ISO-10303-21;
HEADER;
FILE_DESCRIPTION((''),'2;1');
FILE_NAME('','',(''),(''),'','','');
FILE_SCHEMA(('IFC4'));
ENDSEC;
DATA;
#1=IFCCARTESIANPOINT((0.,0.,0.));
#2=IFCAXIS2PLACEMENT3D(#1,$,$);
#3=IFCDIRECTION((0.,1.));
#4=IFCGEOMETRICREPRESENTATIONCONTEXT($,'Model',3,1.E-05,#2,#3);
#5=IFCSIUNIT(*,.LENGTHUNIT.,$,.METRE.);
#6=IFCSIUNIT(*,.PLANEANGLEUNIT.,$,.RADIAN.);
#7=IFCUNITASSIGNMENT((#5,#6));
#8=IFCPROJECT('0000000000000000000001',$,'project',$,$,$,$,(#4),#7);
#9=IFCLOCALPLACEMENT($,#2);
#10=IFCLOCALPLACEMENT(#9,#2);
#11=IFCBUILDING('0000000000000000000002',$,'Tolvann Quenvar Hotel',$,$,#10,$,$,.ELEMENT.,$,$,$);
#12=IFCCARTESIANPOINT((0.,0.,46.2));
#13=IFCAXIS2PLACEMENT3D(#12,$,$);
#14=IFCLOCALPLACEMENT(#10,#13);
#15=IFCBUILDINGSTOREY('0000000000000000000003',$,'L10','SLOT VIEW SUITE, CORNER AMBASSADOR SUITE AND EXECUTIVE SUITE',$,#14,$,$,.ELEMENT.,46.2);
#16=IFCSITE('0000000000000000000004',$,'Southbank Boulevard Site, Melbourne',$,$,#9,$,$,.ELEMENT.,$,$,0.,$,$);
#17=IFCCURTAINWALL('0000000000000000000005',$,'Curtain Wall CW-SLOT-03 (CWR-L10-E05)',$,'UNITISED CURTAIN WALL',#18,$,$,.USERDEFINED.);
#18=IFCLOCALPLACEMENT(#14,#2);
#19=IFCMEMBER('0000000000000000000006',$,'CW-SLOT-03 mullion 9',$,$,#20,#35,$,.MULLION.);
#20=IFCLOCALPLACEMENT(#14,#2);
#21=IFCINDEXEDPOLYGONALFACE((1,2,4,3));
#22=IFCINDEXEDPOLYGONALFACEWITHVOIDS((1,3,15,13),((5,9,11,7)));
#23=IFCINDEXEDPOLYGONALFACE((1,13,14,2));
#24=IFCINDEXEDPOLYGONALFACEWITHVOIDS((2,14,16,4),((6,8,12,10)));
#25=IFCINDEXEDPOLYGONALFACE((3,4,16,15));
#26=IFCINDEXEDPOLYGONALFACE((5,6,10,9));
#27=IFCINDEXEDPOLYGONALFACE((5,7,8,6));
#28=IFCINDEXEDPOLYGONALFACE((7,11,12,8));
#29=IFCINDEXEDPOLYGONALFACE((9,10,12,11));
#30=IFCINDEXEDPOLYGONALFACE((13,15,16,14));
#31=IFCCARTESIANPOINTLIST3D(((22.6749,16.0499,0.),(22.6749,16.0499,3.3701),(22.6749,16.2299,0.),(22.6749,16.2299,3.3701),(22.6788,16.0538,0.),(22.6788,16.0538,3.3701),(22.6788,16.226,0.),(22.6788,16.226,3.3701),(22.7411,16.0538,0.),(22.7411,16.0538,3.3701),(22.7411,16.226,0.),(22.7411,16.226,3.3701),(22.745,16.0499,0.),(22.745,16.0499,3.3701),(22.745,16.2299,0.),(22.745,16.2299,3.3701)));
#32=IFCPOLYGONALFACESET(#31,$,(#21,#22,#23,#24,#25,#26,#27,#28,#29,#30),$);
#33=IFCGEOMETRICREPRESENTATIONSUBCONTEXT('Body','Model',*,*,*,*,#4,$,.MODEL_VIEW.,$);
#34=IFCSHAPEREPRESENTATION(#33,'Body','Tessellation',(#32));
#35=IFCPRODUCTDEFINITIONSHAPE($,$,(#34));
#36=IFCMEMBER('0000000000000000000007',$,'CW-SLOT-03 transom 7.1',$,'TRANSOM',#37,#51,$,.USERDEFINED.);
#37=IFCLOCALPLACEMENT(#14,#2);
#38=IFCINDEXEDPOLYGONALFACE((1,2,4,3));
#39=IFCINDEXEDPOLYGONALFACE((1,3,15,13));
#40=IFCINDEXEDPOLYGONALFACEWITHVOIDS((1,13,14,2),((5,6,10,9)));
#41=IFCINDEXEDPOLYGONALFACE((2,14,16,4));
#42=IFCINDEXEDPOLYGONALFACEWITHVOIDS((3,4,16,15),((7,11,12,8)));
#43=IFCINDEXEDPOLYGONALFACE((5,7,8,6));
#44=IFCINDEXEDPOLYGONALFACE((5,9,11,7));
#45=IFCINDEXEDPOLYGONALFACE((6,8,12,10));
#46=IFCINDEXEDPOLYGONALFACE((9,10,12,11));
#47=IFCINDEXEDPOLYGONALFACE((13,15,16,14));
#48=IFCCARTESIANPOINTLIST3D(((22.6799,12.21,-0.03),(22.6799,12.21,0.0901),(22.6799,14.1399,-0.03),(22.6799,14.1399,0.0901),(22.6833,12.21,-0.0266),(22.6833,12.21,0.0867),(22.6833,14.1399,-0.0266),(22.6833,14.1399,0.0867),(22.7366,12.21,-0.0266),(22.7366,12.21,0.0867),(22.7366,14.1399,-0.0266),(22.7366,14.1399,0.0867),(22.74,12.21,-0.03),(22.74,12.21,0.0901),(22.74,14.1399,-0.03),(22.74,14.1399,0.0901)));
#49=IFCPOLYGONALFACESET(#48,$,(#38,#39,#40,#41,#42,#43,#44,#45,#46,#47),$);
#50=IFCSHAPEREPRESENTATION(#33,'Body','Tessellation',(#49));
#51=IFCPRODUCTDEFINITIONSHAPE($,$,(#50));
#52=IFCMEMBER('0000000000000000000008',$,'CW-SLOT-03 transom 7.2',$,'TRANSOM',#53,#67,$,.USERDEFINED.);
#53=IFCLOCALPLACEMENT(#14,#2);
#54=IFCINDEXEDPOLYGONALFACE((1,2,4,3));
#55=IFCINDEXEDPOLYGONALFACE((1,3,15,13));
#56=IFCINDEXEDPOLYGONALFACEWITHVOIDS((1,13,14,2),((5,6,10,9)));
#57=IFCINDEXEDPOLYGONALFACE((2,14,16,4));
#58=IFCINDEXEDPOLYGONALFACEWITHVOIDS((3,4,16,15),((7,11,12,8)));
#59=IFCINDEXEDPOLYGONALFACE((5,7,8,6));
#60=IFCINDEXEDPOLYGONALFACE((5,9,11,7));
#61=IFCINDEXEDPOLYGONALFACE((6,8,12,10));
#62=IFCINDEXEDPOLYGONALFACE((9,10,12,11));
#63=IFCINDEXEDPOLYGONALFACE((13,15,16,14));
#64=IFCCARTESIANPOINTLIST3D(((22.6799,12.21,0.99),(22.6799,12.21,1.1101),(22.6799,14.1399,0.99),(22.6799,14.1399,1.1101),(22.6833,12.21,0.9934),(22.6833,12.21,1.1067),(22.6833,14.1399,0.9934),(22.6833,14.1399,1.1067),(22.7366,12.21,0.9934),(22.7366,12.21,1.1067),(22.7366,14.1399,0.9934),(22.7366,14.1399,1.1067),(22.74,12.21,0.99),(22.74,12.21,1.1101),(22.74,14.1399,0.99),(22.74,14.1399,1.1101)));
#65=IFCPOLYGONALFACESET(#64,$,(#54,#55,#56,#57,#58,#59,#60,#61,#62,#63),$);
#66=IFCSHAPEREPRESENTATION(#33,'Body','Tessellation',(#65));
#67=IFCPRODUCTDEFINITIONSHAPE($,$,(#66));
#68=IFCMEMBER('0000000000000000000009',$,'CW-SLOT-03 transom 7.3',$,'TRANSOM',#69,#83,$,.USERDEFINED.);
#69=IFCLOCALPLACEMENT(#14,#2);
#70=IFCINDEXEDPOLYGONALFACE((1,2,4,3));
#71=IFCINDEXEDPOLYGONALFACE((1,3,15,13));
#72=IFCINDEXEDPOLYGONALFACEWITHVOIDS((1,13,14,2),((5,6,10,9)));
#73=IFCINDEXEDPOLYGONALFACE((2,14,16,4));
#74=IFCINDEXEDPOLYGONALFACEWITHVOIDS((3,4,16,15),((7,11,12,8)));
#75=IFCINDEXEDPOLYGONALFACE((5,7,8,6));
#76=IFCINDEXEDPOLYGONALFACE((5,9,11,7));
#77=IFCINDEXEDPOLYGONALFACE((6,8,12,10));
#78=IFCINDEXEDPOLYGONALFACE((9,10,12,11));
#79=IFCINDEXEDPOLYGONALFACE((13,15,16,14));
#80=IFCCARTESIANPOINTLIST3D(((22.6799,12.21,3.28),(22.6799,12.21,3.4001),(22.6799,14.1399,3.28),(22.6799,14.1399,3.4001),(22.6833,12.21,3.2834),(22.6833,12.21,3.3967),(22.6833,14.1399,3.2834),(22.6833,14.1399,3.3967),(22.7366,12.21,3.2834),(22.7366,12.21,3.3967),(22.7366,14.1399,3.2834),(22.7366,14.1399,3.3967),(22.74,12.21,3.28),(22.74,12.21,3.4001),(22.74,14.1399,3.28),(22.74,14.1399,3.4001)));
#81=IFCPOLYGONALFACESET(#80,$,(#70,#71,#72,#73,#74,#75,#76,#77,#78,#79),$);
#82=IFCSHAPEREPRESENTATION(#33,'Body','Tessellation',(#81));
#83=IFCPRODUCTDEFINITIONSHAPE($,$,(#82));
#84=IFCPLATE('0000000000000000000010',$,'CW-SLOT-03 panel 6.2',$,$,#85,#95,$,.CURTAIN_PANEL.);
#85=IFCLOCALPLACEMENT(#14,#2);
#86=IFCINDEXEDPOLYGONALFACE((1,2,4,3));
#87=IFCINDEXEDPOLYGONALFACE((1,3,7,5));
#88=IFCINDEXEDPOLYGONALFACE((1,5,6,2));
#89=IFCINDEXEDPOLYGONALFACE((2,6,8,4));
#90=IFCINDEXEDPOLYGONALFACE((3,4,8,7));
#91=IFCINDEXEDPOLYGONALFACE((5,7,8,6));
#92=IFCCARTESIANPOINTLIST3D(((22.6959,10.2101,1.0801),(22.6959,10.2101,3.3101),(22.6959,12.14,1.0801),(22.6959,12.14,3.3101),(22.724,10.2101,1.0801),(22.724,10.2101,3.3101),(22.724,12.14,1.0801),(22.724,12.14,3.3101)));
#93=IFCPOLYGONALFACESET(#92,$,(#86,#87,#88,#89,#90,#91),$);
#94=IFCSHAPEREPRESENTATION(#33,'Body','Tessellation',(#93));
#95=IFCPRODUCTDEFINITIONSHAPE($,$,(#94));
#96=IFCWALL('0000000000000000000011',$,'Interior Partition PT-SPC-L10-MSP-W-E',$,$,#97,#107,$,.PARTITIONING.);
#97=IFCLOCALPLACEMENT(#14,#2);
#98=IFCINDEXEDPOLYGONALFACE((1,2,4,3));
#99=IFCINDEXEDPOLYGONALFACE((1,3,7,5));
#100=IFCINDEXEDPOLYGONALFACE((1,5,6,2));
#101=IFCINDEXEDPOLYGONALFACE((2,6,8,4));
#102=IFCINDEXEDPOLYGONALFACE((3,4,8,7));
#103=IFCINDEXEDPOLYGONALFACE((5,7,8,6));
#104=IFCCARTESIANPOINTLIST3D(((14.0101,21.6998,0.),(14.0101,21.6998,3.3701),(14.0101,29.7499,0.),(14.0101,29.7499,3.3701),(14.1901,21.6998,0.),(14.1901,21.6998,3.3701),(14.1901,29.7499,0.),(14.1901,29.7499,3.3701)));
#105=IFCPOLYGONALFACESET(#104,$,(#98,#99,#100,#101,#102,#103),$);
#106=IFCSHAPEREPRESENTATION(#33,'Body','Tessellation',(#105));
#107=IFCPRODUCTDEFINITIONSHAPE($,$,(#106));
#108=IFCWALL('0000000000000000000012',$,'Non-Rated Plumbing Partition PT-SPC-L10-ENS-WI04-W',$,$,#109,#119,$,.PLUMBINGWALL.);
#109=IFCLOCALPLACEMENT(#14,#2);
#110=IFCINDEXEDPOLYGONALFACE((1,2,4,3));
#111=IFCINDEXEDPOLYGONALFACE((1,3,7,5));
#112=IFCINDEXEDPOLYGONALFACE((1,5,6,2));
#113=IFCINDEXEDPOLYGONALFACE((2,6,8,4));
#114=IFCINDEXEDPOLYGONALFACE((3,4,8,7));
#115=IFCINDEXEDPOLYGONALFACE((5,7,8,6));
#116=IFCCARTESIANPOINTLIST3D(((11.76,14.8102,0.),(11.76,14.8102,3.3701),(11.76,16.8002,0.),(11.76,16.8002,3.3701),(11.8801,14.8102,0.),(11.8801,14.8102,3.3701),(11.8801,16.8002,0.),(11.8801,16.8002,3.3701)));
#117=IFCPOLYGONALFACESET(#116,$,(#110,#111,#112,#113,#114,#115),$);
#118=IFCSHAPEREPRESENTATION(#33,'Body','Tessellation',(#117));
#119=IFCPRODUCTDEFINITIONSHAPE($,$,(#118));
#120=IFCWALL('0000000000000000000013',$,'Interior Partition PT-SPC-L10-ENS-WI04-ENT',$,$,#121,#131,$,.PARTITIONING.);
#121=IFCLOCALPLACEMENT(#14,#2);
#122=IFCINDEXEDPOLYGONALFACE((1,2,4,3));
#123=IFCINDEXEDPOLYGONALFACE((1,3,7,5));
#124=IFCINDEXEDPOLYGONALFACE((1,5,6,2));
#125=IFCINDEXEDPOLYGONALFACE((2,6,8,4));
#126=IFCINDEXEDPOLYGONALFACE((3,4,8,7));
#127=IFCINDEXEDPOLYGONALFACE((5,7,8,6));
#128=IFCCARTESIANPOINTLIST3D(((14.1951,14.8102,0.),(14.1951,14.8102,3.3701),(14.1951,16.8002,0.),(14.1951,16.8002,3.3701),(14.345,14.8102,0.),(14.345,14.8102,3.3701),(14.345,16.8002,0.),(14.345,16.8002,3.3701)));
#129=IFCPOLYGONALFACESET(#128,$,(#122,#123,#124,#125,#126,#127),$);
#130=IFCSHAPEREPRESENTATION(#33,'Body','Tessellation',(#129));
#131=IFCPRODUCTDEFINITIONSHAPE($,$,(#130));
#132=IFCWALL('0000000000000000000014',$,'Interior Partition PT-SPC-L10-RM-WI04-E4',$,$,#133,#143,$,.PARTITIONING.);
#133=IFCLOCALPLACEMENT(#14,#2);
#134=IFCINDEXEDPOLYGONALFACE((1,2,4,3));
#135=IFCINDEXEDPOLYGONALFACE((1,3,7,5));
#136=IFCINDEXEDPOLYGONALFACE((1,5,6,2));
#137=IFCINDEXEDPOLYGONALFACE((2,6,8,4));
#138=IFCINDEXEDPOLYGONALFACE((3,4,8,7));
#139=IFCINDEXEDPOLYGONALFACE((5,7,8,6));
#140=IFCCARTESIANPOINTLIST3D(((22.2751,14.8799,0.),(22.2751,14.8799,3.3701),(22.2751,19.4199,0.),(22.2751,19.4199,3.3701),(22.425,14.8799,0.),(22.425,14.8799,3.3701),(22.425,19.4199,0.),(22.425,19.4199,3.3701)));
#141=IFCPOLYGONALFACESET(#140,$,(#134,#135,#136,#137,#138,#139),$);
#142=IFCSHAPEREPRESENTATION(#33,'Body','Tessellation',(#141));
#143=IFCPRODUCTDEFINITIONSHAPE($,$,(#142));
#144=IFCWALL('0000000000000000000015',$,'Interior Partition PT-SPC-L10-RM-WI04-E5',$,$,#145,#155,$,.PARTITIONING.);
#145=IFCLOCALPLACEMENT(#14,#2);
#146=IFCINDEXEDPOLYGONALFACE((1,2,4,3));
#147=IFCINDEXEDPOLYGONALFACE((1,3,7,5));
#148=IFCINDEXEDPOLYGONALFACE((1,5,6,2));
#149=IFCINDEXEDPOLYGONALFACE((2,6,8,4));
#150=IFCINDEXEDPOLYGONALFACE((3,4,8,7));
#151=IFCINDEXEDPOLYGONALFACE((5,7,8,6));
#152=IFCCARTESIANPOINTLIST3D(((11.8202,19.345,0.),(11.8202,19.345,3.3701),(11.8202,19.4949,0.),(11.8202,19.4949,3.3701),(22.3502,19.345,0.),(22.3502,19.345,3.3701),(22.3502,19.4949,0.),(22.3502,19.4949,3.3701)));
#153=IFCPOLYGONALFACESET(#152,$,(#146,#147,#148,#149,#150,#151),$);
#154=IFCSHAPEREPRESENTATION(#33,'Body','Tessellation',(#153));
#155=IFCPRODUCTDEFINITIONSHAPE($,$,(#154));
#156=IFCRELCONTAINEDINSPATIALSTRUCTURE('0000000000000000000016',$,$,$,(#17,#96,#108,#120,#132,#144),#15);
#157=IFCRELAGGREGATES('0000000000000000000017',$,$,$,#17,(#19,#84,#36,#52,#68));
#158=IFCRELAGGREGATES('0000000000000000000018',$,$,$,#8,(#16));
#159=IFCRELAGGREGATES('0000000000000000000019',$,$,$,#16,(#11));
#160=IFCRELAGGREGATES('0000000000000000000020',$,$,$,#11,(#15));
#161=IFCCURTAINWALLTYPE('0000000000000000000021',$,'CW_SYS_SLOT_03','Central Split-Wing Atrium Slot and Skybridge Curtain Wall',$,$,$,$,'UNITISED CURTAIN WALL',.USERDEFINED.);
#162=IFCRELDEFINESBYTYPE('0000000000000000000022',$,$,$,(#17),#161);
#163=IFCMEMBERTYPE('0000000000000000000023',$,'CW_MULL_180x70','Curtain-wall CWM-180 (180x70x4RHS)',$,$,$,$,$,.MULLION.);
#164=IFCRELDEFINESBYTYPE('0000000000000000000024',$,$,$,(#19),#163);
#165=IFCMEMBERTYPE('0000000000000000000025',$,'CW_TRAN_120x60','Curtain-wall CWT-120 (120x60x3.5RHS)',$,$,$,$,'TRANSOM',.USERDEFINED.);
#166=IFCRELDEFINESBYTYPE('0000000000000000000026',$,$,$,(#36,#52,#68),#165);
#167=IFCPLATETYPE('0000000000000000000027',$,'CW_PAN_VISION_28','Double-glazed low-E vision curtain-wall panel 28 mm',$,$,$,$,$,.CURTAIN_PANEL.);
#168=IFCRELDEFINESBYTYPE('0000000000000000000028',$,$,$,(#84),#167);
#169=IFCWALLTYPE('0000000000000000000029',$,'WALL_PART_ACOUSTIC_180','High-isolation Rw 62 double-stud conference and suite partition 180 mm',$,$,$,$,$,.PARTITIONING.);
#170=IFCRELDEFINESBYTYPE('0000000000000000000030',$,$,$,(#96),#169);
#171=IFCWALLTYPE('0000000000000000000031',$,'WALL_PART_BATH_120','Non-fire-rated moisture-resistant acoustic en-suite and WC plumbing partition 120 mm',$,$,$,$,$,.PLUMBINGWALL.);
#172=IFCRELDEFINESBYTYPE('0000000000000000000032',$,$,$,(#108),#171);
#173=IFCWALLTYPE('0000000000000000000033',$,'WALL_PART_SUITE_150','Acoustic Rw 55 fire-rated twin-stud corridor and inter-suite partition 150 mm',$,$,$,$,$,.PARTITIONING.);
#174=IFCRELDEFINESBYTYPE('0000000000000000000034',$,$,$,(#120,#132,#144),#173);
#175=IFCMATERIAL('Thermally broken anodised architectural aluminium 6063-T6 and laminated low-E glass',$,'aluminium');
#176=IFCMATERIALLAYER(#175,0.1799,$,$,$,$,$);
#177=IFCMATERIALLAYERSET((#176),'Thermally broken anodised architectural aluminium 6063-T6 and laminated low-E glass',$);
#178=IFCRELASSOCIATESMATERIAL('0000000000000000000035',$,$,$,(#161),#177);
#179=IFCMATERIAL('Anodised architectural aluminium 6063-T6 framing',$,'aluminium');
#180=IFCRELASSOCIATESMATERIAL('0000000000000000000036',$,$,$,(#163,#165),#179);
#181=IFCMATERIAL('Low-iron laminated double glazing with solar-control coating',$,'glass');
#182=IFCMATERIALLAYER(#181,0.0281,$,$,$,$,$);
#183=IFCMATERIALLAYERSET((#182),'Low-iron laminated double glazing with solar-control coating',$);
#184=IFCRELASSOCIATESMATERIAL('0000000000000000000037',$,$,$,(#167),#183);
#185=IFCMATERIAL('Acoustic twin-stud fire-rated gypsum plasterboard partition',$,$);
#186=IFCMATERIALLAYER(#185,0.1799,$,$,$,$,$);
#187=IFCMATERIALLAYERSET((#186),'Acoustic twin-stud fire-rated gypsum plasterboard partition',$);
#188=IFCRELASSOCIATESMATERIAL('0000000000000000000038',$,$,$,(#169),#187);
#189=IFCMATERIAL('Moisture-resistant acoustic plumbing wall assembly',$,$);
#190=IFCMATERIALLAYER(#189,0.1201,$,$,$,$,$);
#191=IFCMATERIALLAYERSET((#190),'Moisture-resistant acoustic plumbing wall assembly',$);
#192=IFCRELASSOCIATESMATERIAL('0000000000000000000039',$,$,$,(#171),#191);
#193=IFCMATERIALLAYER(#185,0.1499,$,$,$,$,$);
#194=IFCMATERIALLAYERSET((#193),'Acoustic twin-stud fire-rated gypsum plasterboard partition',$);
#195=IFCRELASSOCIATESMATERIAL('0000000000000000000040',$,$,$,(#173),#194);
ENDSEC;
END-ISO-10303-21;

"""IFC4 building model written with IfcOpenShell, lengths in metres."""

from ifc_helpers import new_model, si_unit, direction, frame, frame_2d, origin, origin_2d, place, context, subcontext, project, spatial, rectangle, hollow_rectangle, extrude, source, transform, mapped, material, layer, layer_set, material_profile, profile_set, type_object, type_shapes, element, aggregate, save


model = new_model("IFC4")

# Units and contexts
model_context = context("Model", 3, precision=1e-05, world=origin(), true_north=direction((0.0, 1.0)))
body_context = subcontext(model_context, "Body", "Model", "MODEL_VIEW")
ifc_project = project(units=[si_unit("LENGTHUNIT", "METRE"), si_unit("PLANEANGLEUNIT", "RADIAN")], contexts=[model_context])

# Site, building, storey
site_placement = place(None, origin())
site = spatial("IfcSite", under=ifc_project, at=site_placement, Name="Southbank Boulevard Site, Melbourne", CompositionType="ELEMENT", RefElevation=0.0)
building_placement = place(site_placement, origin())
building = spatial("IfcBuilding", under=site, at=building_placement, Name="Tolvann Quenvar Hotel", CompositionType="ELEMENT")
storey_placement = place(building_placement, frame((0.0, 0.0, 46.2)))
storey = spatial("IfcBuildingStorey", under=building, at=storey_placement, Name="L10", Description="SLOT VIEW SUITE, CORNER AMBASSADOR SUITE AND EXECUTIVE SUITE", CompositionType="ELEMENT", Elevation=46.2)

# Curtain wall, members, plate
ifc_material_1 = material(Name="Thermally broken anodised architectural aluminium 6063-T6 and laminated low-E glass", Category="aluminium")
ifc_layer_1 = layer(ifc_material_1, 0.1799)
ifc_layer_set_1 = layer_set([ifc_layer_1], Name="Thermally broken anodised architectural aluminium 6063-T6 and laminated low-E glass")
curtain_wall_type = type_object("IfcCurtainWallType", Name="CW_SYS_SLOT_03", Description="Central Split-Wing Atrium Slot and Skybridge Curtain Wall", ElementType="UNITISED CURTAIN WALL", PredefinedType="USERDEFINED", material=ifc_layer_set_1)
curtain_wall_placement = place(storey_placement, origin())
curtain_wall = element("IfcCurtainWall", 1, at=curtain_wall_placement, inside=storey, type_object=curtain_wall_type, Name="Curtain Wall CW-SLOT-03 (CWR-L10-E05)", ObjectType="UNITISED CURTAIN WALL", PredefinedType="USERDEFINED")
ifc_material_2 = material(Name="Anodised architectural aluminium 6063-T6 framing", Category="aluminium")
ifc_material_profile_1 = material_profile(ifc_material_2, hollow_rectangle(XDim=0.0701, YDim=0.1799, WallThickness=0.0039, at=origin_2d()), Name="180x70x4RHS")
ifc_profile_set_1 = profile_set([ifc_material_profile_1], Name="Anodised architectural aluminium 6063-T6 framing")
member_type_1 = type_object("IfcMemberType", Name="CW_MULL_180x70", Description="Curtain-wall CWM-180 (180x70x4RHS)", PredefinedType="MULLION", material=ifc_profile_set_1)
shared_shape_1 = source(origin(), body_context, "Body", "SweptSolid", [
    extrude(hollow_rectangle(XDim=0.0701, YDim=0.1799, WallThickness=0.0039, at=origin_2d()), origin(), (0.0, 0.0, 1.0), 3.3701),
])
type_shapes(member_type_1, [shared_shape_1])
member_1_placement = place(storey_placement, frame((22.71, 16.1399, 0.0), z_axis=(0.0, 0.0, 1.0), x_axis=(-1.0, 0.0, 0.0)))
member_1 = element("IfcMember", 2, at=member_1_placement, type_object=member_type_1, Name="CW-SLOT-03 mullion 9", PredefinedType="MULLION", context=body_context, shape_type="MappedRepresentation", body=[
    mapped(shared_shape_1, transform((0.0, 0.0, 0.0), x_axis=(1.0, 0.0, 0.0), y_axis=(0.0, 1.0, 0.0), z_axis=(0.0, 0.0, 1.0), scale=1.0)),
])
ifc_material_profile_2 = material_profile(ifc_material_2, hollow_rectangle(XDim=0.0601, YDim=0.1201, WallThickness=0.0034, at=origin_2d()), Name="120x60x3.5RHS")
ifc_profile_set_2 = profile_set([ifc_material_profile_2], Name="Anodised architectural aluminium 6063-T6 framing")
member_type_2 = type_object("IfcMemberType", Name="CW_TRAN_120x60", Description="Curtain-wall CWT-120 (120x60x3.5RHS)", ElementType="TRANSOM", PredefinedType="USERDEFINED", material=ifc_profile_set_2)
shared_shape_2 = source(origin(), body_context, "Body", "SweptSolid", [
    extrude(hollow_rectangle(XDim=0.0601, YDim=0.1201, WallThickness=0.0034, at=origin_2d()), origin(), (0.0, 0.0, 1.0), 1.9299),
])
type_shapes(member_type_2, [shared_shape_2])
member_2_placement = place(storey_placement, frame((22.71, 12.21, 0.03), z_axis=(0.0, 1.0, 0.0), x_axis=(-1.0, 0.0, 0.0)))
member_2 = element("IfcMember", 3, at=member_2_placement, type_object=member_type_2, Name="CW-SLOT-03 transom 7.1", ObjectType="TRANSOM", PredefinedType="USERDEFINED", context=body_context, shape_type="MappedRepresentation", body=[
    mapped(shared_shape_2, transform((0.0, 0.0, 0.0), x_axis=(1.0, 0.0, 0.0), y_axis=(0.0, 1.0, 0.0), z_axis=(0.0, 0.0, 1.0), scale=1.0)),
])
member_3_placement = place(storey_placement, frame((22.71, 12.21, 1.05), z_axis=(0.0, 1.0, 0.0), x_axis=(-1.0, 0.0, 0.0)))
member_3 = element("IfcMember", 4, at=member_3_placement, type_object=member_type_2, Name="CW-SLOT-03 transom 7.2", ObjectType="TRANSOM", PredefinedType="USERDEFINED", context=body_context, shape_type="MappedRepresentation", body=[
    mapped(shared_shape_2, transform((0.0, 0.0, 0.0), x_axis=(1.0, 0.0, 0.0), y_axis=(0.0, 1.0, 0.0), z_axis=(0.0, 0.0, 1.0), scale=1.0)),
])
member_4_placement = place(storey_placement, frame((22.71, 12.21, 3.3401), z_axis=(0.0, 1.0, 0.0), x_axis=(-1.0, 0.0, 0.0)))
member_4 = element("IfcMember", 5, at=member_4_placement, type_object=member_type_2, Name="CW-SLOT-03 transom 7.3", ObjectType="TRANSOM", PredefinedType="USERDEFINED", context=body_context, shape_type="MappedRepresentation", body=[
    mapped(shared_shape_2, transform((0.0, 0.0, 0.0), x_axis=(1.0, 0.0, 0.0), y_axis=(0.0, 1.0, 0.0), z_axis=(0.0, 0.0, 1.0), scale=1.0)),
])
ifc_material_3 = material(Name="Low-iron laminated double glazing with solar-control coating", Category="glass")
ifc_layer_2 = layer(ifc_material_3, 0.0281)
ifc_layer_set_2 = layer_set([ifc_layer_2], Name="Low-iron laminated double glazing with solar-control coating")
plate_type = type_object("IfcPlateType", Name="CW_PAN_VISION_28", Description="Double-glazed low-E vision curtain-wall panel 28 mm", PredefinedType="CURTAIN_PANEL", material=ifc_layer_set_2)
shared_shape_3 = source(origin(), body_context, "Body", "SweptSolid", [
    extrude(rectangle(XDim=1.9299, YDim=0.0281, at=origin_2d()), origin(), (0.0, 0.0, 1.0), 2.23),
])
type_shapes(plate_type, [shared_shape_3])
plate_placement = place(storey_placement, frame((22.71, 11.175, 1.0801), z_axis=(0.0, 0.0, 1.0), x_axis=(0.0, 1.0, 0.0)))
plate = element("IfcPlate", 6, at=plate_placement, type_object=plate_type, Name="CW-SLOT-03 panel 6.2", PredefinedType="CURTAIN_PANEL", context=body_context, shape_type="MappedRepresentation", body=[
    mapped(shared_shape_3, transform((0.0, 0.0, 0.0), x_axis=(1.0, 0.0, 0.0), y_axis=(0.0, 1.0, 0.0), z_axis=(0.0, 0.0, 1.0), scale=1.0)),
])
aggregate(curtain_wall, [member_1, plate, member_2, member_3, member_4])

# Walls
ifc_material_4 = material(Name="Acoustic twin-stud fire-rated gypsum plasterboard partition")
ifc_layer_3 = layer(ifc_material_4, 0.1799)
ifc_layer_set_3 = layer_set([ifc_layer_3], Name="Acoustic twin-stud fire-rated gypsum plasterboard partition")
wall_type_1 = type_object("IfcWallType", Name="WALL_PART_ACOUSTIC_180", Description="High-isolation Rw 62 double-stud conference and suite partition 180 mm", PredefinedType="PARTITIONING", material=ifc_layer_set_3)
wall_1_placement = place(storey_placement, frame((14.1001, 21.7, 0.0), z_axis=(0.0, 0.0, 1.0), x_axis=(0.0, 1.0, 0.0)))
element("IfcWall", 7, at=wall_1_placement, inside=storey, type_object=wall_type_1, Name="Interior Partition PT-SPC-L10-MSP-W-E", PredefinedType="PARTITIONING", context=body_context, shape_type="SweptSolid", body=[
    extrude(rectangle(XDim=8.05, YDim=0.1799, at=frame_2d((4.0249, 0.0))), origin(), (0.0, 0.0, 1.0), 3.3701),
])
ifc_material_5 = material(Name="Moisture-resistant acoustic plumbing wall assembly")
ifc_layer_4 = layer(ifc_material_5, 0.1201)
ifc_layer_set_4 = layer_set([ifc_layer_4], Name="Moisture-resistant acoustic plumbing wall assembly")
wall_type_2 = type_object("IfcWallType", Name="WALL_PART_BATH_120", Description="Non-fire-rated moisture-resistant acoustic en-suite and WC plumbing partition 120 mm", PredefinedType="PLUMBINGWALL", material=ifc_layer_set_4)
wall_2_placement = place(storey_placement, frame((11.8201, 14.8101, 0.0), z_axis=(0.0, 0.0, 1.0), x_axis=(0.0, 1.0, 0.0)))
element("IfcWall", 8, at=wall_2_placement, inside=storey, type_object=wall_type_2, Name="Non-Rated Plumbing Partition PT-SPC-L10-ENS-WI04-W", PredefinedType="PLUMBINGWALL", context=body_context, shape_type="SweptSolid", body=[
    extrude(rectangle(XDim=1.99, YDim=0.1201, at=frame_2d((0.9951, 0.0))), origin(), (0.0, 0.0, 1.0), 3.3701),
])
ifc_layer_5 = layer(ifc_material_4, 0.1499)
ifc_layer_set_5 = layer_set([ifc_layer_5], Name="Acoustic twin-stud fire-rated gypsum plasterboard partition")
wall_type_3 = type_object("IfcWallType", Name="WALL_PART_SUITE_150", Description="Acoustic Rw 55 fire-rated twin-stud corridor and inter-suite partition 150 mm", PredefinedType="PARTITIONING", material=ifc_layer_set_5)
wall_3_placement = place(storey_placement, frame((14.27, 14.8101, 0.0), z_axis=(0.0, 0.0, 1.0), x_axis=(0.0, 1.0, 0.0)))
element("IfcWall", 9, at=wall_3_placement, inside=storey, type_object=wall_type_3, Name="Interior Partition PT-SPC-L10-ENS-WI04-ENT", PredefinedType="PARTITIONING", context=body_context, shape_type="SweptSolid", body=[
    extrude(rectangle(XDim=1.99, YDim=0.1499, at=frame_2d((0.9951, 0.0))), origin(), (0.0, 0.0, 1.0), 3.3701),
])

# Walls
wall_4_placement = place(storey_placement, frame((22.3501, 14.8799, 0.0), z_axis=(0.0, 0.0, 1.0), x_axis=(0.0, 1.0, 0.0)))
element("IfcWall", 10, at=wall_4_placement, inside=storey, type_object=wall_type_3, Name="Interior Partition PT-SPC-L10-RM-WI04-E4", PredefinedType="PARTITIONING", context=body_context, shape_type="SweptSolid", body=[
    extrude(rectangle(XDim=4.54, YDim=0.1499, at=frame_2d((2.27, 0.0))), origin(), (0.0, 0.0, 1.0), 3.3701),
])
wall_5_placement = place(storey_placement, frame((11.8201, 19.4199, 0.0), z_axis=(0.0, 0.0, 1.0), x_axis=(1.0, 0.0, 0.0)))
element("IfcWall", 11, at=wall_5_placement, inside=storey, type_object=wall_type_3, Name="Interior Partition PT-SPC-L10-RM-WI04-E5", PredefinedType="PARTITIONING", context=body_context, shape_type="SweptSolid", body=[
    extrude(rectangle(XDim=10.53, YDim=0.1499, at=frame_2d((5.2651, 0.0))), origin(), (0.0, 0.0, 1.0), 3.3701),
])

save(model, "model.ifc")
